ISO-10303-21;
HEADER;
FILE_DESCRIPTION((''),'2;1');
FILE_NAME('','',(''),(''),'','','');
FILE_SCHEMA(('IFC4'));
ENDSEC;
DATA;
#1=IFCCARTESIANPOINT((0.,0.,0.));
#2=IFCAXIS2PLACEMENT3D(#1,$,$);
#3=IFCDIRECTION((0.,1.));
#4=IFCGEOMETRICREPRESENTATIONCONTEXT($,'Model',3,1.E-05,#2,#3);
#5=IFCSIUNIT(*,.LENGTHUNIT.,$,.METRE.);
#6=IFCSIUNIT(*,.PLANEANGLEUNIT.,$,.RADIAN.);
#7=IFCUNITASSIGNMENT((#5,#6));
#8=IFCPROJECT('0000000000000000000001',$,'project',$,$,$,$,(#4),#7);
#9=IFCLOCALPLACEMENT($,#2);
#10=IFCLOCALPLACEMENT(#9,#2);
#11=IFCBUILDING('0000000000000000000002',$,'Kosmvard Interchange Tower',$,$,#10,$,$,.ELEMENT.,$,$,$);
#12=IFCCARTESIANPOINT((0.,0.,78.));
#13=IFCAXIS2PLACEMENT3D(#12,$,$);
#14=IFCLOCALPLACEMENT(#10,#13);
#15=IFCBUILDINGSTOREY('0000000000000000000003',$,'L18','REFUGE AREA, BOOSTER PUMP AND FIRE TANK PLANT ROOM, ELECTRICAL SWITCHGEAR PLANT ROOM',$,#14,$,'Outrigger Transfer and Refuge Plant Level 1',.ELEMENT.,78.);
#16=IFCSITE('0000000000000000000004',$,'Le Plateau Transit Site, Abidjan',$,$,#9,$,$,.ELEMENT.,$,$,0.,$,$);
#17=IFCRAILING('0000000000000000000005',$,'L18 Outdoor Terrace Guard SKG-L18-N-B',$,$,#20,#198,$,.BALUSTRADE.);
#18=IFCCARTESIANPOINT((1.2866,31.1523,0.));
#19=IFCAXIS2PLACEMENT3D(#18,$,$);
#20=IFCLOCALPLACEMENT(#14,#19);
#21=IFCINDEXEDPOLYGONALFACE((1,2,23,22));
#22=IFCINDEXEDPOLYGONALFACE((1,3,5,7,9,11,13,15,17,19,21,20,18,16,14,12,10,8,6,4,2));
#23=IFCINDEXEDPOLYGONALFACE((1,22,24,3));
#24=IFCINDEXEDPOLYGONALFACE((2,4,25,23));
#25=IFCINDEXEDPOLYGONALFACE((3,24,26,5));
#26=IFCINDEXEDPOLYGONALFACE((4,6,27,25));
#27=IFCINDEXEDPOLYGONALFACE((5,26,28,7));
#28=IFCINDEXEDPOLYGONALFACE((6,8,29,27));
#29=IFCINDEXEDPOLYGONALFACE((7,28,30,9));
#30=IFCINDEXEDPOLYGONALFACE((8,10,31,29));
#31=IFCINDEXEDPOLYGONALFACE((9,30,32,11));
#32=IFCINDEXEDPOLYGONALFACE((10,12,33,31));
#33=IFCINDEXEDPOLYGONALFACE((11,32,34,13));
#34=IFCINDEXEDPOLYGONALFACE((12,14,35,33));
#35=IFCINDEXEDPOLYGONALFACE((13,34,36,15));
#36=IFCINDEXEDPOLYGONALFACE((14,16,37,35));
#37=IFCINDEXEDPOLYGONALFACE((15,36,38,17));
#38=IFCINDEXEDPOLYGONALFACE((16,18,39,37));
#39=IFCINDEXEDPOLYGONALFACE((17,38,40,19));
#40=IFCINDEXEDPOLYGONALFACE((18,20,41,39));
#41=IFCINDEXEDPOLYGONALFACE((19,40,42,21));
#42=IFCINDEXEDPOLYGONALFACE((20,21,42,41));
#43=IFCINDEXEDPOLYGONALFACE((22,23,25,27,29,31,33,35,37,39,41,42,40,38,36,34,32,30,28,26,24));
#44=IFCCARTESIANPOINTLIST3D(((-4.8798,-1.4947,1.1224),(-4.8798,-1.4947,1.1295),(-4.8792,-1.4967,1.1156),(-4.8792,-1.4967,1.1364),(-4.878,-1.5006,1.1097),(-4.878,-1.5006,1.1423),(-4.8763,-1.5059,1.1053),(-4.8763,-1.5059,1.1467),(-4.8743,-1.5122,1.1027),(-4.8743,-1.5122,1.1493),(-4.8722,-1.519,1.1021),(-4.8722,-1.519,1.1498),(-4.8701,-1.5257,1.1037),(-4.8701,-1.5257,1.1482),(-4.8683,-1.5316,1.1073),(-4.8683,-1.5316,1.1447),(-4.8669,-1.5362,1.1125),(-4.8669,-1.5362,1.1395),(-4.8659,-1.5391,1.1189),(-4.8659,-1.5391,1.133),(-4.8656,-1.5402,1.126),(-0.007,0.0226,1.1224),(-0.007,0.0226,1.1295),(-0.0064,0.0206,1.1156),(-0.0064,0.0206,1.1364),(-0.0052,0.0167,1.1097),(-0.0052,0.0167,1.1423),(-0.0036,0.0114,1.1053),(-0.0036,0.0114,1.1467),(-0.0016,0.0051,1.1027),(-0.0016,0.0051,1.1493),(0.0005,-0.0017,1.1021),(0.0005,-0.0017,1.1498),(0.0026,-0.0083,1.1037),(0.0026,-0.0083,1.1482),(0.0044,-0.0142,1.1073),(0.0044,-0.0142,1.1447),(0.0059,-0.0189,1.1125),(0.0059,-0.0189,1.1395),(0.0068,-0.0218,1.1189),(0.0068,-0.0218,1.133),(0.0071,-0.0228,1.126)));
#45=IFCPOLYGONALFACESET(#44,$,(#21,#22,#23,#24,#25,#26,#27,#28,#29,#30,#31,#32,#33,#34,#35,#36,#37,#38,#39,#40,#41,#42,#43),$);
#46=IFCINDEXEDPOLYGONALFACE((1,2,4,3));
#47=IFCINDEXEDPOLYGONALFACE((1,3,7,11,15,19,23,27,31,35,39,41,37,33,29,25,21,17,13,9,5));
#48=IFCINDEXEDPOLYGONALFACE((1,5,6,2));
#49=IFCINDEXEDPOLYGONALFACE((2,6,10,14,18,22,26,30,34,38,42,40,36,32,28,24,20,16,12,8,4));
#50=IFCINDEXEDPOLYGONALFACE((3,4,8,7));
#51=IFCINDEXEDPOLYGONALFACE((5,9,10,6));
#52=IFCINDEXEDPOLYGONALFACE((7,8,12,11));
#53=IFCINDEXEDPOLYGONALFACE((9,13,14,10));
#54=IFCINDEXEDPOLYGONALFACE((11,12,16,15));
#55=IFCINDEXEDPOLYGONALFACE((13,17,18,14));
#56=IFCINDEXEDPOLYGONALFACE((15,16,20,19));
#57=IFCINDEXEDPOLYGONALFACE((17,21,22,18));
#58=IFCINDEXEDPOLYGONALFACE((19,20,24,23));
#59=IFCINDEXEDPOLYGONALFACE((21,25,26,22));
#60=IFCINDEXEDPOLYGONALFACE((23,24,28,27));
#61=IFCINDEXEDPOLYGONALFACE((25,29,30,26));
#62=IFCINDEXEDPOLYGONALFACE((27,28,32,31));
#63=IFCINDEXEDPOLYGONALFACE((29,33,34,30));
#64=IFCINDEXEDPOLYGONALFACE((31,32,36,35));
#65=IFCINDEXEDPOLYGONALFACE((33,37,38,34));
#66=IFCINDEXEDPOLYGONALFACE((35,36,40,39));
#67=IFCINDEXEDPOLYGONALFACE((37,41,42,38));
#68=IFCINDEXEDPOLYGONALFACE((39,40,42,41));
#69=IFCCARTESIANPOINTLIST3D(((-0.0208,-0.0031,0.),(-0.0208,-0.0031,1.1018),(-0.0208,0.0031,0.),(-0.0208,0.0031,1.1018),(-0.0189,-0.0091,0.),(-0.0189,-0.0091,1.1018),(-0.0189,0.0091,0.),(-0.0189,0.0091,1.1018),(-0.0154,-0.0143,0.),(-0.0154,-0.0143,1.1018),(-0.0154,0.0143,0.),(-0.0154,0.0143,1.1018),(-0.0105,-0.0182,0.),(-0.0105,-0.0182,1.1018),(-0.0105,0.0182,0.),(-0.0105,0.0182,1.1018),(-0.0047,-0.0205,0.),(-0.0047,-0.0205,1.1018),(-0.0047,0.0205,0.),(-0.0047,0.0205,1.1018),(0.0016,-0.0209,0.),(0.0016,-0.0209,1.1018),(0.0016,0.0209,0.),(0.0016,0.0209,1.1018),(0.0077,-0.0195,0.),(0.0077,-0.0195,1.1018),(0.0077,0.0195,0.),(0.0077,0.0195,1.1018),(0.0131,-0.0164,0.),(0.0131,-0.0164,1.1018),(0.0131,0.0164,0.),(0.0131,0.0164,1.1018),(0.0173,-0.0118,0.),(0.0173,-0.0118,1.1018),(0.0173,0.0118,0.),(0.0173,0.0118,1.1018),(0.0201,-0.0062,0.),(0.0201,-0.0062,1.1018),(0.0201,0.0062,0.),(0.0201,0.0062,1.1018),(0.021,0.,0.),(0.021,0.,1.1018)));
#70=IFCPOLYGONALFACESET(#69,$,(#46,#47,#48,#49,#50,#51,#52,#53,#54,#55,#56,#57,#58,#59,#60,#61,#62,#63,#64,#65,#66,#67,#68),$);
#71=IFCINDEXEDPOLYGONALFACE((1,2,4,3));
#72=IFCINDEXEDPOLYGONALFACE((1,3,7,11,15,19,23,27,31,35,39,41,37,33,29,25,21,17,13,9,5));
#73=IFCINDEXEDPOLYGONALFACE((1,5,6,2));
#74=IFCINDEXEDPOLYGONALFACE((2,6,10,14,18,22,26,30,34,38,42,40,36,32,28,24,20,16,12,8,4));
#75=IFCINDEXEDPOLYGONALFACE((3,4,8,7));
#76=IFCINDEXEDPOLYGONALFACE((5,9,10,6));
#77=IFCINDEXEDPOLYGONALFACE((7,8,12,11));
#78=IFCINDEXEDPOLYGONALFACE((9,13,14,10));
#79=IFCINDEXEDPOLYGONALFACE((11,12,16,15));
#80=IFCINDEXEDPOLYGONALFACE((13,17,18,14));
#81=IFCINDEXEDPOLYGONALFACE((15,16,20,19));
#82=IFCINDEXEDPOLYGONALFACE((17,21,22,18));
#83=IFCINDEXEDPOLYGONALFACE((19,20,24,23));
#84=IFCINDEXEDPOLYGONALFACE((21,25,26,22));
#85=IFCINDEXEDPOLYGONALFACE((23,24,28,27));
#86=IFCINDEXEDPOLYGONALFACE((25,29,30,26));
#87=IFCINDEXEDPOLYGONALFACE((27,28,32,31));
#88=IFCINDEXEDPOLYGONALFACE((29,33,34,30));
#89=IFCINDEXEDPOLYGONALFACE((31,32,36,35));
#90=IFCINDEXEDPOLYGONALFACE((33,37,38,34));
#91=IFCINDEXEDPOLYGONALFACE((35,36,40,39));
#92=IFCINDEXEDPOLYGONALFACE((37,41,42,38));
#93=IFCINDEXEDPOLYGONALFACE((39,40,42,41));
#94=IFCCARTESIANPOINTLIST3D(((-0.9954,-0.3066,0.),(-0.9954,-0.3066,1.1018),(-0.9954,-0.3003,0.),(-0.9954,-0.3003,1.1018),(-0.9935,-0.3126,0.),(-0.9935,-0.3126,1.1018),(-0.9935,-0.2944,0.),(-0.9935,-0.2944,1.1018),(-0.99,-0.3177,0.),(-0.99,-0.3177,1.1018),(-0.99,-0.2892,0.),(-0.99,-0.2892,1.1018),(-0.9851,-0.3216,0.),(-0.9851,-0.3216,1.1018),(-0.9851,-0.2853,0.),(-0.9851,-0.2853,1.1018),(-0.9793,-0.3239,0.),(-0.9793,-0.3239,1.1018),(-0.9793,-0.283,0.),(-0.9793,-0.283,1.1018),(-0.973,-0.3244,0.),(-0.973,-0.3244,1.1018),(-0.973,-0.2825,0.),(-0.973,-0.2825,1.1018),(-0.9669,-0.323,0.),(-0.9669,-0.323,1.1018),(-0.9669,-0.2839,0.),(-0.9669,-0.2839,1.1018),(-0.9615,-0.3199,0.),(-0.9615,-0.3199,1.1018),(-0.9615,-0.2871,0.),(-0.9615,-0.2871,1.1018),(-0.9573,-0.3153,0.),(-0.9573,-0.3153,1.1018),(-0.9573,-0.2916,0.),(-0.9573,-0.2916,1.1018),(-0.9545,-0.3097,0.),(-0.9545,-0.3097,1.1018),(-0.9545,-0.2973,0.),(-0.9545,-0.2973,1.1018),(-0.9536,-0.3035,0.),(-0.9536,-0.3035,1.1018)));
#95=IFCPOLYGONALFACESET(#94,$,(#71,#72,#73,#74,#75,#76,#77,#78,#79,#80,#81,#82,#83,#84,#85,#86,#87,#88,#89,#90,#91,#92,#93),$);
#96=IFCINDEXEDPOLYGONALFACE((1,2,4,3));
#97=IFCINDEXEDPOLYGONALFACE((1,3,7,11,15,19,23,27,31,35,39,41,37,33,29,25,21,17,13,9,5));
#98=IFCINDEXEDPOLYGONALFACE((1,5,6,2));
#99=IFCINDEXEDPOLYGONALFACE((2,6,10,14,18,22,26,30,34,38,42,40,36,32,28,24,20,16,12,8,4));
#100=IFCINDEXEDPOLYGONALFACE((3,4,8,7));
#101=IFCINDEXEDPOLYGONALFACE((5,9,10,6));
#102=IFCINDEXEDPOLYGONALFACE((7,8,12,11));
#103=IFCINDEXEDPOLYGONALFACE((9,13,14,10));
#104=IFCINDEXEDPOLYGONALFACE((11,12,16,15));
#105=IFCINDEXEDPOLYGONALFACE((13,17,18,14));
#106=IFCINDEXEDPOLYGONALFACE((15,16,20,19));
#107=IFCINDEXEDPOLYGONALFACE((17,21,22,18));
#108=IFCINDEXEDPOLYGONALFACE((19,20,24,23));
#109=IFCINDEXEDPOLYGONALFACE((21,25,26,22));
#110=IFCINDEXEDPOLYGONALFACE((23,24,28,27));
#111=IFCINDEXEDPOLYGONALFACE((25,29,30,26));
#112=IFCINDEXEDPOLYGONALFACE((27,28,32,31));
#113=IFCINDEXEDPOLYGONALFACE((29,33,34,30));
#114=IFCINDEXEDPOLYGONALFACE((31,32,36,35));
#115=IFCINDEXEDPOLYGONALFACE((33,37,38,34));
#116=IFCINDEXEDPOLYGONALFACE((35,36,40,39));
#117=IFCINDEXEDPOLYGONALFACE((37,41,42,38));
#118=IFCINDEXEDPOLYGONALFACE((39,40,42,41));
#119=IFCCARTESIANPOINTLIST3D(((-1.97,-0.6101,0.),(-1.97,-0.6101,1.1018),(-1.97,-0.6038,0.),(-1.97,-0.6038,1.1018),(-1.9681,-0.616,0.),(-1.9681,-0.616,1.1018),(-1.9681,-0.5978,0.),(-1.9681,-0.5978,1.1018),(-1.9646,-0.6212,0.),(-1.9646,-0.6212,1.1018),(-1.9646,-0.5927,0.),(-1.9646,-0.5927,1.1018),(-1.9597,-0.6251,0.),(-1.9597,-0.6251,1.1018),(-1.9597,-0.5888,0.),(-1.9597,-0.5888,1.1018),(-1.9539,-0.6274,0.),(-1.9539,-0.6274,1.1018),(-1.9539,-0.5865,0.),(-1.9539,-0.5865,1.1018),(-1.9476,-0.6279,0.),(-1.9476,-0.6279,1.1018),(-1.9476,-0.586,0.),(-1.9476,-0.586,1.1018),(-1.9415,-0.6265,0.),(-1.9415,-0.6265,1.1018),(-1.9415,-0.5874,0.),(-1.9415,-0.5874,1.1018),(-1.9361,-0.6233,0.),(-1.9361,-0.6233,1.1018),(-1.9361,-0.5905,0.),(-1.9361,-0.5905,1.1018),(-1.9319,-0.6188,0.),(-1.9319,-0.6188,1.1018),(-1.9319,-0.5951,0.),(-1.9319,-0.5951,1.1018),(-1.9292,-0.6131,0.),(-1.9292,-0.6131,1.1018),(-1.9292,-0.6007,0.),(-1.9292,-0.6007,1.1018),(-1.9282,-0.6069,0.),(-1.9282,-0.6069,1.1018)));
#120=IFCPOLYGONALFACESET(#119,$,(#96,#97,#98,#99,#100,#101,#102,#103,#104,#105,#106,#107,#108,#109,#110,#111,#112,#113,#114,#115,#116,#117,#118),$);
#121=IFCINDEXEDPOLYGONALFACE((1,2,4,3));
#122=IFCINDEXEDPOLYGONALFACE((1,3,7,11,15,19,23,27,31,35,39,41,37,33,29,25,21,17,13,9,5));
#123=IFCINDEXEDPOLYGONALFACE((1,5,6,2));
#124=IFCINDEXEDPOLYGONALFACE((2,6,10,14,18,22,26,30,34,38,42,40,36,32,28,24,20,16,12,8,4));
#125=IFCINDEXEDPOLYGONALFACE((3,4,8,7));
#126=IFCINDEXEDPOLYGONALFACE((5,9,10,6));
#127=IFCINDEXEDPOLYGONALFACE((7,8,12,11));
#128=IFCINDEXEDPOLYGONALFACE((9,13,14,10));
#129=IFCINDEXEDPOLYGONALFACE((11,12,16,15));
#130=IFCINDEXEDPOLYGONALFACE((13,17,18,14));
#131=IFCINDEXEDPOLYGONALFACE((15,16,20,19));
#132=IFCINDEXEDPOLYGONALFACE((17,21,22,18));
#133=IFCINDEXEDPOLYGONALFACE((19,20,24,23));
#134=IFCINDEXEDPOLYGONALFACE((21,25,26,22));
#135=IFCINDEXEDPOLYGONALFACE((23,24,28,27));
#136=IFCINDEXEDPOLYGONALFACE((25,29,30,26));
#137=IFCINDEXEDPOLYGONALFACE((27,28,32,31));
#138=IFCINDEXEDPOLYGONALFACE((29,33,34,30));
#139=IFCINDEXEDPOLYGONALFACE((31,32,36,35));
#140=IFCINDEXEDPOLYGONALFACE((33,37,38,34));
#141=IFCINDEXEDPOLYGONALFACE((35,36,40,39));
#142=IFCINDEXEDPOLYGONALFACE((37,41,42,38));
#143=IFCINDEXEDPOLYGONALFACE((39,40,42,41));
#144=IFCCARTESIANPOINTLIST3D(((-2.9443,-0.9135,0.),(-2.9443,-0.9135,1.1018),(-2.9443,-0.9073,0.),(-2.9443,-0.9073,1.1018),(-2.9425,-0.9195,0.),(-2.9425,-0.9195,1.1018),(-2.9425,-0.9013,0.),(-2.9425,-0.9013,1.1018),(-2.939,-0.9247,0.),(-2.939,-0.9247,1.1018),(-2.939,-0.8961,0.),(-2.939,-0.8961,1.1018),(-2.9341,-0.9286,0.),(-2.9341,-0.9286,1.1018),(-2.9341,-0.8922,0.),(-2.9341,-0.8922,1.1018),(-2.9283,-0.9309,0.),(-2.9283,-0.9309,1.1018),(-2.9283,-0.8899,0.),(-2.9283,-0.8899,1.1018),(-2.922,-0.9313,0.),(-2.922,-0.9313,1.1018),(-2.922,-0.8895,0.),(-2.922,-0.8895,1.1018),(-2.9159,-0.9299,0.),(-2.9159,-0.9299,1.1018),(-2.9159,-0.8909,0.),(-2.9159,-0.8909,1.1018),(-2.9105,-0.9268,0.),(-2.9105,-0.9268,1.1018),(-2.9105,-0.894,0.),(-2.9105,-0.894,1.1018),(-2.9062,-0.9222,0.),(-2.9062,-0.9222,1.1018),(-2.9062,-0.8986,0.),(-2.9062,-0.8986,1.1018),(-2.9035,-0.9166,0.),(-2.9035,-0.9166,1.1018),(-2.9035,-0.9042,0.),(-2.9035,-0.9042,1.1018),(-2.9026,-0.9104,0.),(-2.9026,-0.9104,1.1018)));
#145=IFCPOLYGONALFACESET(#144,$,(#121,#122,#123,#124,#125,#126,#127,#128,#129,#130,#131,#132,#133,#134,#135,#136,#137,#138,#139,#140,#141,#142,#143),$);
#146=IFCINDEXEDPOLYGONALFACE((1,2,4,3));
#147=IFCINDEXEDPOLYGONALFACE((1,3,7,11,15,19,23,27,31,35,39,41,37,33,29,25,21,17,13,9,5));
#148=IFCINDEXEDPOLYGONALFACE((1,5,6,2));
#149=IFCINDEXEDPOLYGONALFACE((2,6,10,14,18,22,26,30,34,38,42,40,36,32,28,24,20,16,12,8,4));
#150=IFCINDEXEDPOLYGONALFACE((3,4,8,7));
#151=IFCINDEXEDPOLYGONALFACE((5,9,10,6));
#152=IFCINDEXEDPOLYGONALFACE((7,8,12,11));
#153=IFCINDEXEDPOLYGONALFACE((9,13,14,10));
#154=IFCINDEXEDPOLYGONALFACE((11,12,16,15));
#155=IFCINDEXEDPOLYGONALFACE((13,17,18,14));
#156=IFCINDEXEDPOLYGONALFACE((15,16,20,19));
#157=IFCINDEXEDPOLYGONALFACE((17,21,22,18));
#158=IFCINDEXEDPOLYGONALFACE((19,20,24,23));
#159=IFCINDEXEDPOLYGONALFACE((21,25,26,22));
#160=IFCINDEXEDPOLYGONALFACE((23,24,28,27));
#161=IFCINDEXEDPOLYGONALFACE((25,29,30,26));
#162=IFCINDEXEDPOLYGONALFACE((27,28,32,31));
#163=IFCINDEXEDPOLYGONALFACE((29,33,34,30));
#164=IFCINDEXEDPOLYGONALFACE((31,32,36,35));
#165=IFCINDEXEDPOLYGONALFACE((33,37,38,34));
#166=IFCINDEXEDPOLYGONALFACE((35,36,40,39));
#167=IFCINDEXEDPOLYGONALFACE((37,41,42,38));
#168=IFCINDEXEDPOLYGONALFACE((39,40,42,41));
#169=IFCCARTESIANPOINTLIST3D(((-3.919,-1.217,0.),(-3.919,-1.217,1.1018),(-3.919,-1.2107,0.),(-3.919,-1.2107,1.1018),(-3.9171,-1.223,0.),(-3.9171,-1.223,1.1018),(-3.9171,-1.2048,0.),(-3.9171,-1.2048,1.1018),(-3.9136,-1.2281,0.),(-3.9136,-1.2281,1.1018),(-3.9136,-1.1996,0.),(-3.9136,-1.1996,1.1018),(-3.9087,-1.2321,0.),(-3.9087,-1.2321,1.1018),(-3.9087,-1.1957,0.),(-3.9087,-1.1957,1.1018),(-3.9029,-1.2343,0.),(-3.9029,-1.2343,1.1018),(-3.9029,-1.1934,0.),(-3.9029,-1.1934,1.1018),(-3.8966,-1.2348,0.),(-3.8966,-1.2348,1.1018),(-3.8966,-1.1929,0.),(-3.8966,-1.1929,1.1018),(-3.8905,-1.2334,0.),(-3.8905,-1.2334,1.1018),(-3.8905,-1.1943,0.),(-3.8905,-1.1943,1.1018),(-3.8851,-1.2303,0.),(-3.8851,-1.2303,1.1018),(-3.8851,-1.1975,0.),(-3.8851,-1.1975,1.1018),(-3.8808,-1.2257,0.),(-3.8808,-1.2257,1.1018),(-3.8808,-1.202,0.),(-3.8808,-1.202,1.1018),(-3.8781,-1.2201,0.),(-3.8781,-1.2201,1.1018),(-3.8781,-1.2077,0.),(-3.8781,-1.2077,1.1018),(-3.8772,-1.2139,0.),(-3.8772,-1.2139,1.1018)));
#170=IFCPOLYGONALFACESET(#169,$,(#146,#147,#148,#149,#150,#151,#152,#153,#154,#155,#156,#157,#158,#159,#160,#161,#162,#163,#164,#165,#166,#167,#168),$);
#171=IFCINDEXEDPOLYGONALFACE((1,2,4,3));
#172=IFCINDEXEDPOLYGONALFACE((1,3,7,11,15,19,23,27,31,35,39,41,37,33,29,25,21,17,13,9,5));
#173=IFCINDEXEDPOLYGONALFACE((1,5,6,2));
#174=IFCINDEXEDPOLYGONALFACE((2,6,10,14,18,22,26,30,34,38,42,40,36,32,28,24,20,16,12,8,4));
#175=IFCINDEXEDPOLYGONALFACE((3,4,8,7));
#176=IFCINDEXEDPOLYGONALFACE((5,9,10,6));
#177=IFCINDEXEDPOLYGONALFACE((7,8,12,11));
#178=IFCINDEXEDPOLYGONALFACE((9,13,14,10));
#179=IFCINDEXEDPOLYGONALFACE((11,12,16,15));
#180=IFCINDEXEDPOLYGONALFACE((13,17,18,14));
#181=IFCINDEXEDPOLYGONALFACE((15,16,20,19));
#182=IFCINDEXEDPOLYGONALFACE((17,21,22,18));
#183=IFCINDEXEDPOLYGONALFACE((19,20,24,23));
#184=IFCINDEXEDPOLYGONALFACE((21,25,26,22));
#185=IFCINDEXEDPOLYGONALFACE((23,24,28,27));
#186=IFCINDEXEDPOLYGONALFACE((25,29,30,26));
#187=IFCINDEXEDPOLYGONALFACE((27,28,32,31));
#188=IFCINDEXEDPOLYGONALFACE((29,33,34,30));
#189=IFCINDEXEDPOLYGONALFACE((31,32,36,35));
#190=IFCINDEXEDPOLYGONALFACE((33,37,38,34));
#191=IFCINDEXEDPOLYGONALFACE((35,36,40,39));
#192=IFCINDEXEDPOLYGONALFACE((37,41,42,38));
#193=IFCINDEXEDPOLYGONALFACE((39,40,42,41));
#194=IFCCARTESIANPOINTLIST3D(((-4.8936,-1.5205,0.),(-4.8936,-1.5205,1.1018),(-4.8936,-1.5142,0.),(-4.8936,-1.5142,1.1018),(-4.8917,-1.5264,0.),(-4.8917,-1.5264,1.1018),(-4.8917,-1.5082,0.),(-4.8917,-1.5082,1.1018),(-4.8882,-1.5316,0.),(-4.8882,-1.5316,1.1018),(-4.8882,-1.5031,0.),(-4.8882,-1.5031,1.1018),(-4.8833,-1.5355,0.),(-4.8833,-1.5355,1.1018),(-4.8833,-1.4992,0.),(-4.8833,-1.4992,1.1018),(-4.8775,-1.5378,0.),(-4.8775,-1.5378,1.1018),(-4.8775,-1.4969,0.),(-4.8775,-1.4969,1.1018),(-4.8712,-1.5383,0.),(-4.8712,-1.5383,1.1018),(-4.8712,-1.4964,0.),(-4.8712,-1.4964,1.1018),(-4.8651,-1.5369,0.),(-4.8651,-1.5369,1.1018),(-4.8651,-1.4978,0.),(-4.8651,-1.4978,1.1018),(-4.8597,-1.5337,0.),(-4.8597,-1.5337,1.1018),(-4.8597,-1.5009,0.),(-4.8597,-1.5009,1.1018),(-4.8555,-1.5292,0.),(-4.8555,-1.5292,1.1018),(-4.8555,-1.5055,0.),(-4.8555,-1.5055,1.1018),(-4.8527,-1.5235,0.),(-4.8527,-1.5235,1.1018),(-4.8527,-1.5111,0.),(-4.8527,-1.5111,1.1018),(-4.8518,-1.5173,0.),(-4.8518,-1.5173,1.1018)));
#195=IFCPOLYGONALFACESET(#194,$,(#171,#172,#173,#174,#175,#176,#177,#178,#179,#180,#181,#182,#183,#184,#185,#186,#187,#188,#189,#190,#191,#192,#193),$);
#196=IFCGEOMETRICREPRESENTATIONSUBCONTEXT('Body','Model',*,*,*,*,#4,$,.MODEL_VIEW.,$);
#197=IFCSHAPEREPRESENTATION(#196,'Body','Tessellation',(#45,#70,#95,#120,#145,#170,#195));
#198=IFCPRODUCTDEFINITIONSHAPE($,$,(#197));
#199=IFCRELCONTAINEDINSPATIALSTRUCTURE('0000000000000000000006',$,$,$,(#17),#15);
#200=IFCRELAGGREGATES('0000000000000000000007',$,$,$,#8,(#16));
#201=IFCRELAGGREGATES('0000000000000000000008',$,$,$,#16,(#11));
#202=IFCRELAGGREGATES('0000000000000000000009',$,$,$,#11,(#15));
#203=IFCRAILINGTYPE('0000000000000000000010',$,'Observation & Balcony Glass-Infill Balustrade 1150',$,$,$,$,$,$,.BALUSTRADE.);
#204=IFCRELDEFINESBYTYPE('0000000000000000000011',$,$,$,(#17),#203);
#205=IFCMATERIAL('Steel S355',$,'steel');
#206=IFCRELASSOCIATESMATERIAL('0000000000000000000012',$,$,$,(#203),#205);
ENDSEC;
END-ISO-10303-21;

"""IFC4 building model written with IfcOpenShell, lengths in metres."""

from ifc_helpers import new_model, si_unit, direction, frame, origin, origin_2d, place, context, subcontext, project, spatial, circle, extrude, source, transform, mapped, material, type_object, element, save


model = new_model("IFC4")

# Units and contexts
model_context = context("Model", 3, precision=1e-05, world=origin(), true_north=direction((0.0, 1.0)))
body_context = subcontext(model_context, "Body", "Model", "MODEL_VIEW")
ifc_project = project(units=[si_unit("LENGTHUNIT", "METRE"), si_unit("PLANEANGLEUNIT", "RADIAN")], contexts=[model_context])

# Site, building, storey
site_placement = place(None, origin())
site = spatial("IfcSite", under=ifc_project, at=site_placement, Name="Le Plateau Transit Site, Abidjan", CompositionType="ELEMENT", RefElevation=0.0)
building_placement = place(site_placement, origin())
building = spatial("IfcBuilding", under=site, at=building_placement, Name="Kosmvard Interchange Tower", CompositionType="ELEMENT")
storey_placement = place(building_placement, frame((0.0, 0.0, 78.0)))
storey = spatial("IfcBuildingStorey", under=building, at=storey_placement, Name="L18", Description="REFUGE AREA, BOOSTER PUMP AND FIRE TANK PLANT ROOM, ELECTRICAL SWITCHGEAR PLANT ROOM", LongName="Outrigger Transfer and Refuge Plant Level 1", CompositionType="ELEMENT", Elevation=78.0)

# Shared definitions
ifc_material_1 = material(Name="Steel S355", Category="steel")

# Railing
railing_type = type_object("IfcRailingType", Name="Observation & Balcony Glass-Infill Balustrade 1150", PredefinedType="BALUSTRADE", material=ifc_material_1)
shared_shape_1 = source(origin(), body_context, "Body", "SweptSolid", [
    extrude(circle(Radius=0.0239, at=origin_2d()), frame((0.0, 0.0, 1.126), z_axis=(-0.954782, -0.297308, 0.0), x_axis=(0.297308, -0.954782, 0.0)), (0.0, 0.0, 1.0), 5.1035),
    extrude(circle(Radius=0.021, at=origin_2d()), origin(), (0.0, 0.0, 1.0), 1.1018),
    extrude(circle(Radius=0.021, at=origin_2d()), frame((-0.9746, -0.3035, 0.0)), (0.0, 0.0, 1.0), 1.1018),
    extrude(circle(Radius=0.021, at=origin_2d()), frame((-1.9492, -0.6069, 0.0)), (0.0, 0.0, 1.0), 1.1018),
    extrude(circle(Radius=0.021, at=origin_2d()), frame((-2.9236, -0.9104, 0.0)), (0.0, 0.0, 1.0), 1.1018),
    extrude(circle(Radius=0.021, at=origin_2d()), frame((-3.8982, -1.2139, 0.0)), (0.0, 0.0, 1.0), 1.1018),
    extrude(circle(Radius=0.021, at=origin_2d()), frame((-4.8728, -1.5173, 0.0)), (0.0, 0.0, 1.0), 1.1018),
])
railing_1_placement = place(storey_placement, frame((1.2866, 31.1523, 0.0)))
element("IfcRailing", 1, at=railing_1_placement, inside=storey, type_object=railing_type, Name="L18 Outdoor Terrace Guard SKG-L18-N-B", PredefinedType="BALUSTRADE", context=body_context, shape_type="MappedRepresentation", body=[
    mapped(shared_shape_1, transform((0.0, 0.0, 0.0), scale=1.0)),
])

save(model, "model.ifc")
